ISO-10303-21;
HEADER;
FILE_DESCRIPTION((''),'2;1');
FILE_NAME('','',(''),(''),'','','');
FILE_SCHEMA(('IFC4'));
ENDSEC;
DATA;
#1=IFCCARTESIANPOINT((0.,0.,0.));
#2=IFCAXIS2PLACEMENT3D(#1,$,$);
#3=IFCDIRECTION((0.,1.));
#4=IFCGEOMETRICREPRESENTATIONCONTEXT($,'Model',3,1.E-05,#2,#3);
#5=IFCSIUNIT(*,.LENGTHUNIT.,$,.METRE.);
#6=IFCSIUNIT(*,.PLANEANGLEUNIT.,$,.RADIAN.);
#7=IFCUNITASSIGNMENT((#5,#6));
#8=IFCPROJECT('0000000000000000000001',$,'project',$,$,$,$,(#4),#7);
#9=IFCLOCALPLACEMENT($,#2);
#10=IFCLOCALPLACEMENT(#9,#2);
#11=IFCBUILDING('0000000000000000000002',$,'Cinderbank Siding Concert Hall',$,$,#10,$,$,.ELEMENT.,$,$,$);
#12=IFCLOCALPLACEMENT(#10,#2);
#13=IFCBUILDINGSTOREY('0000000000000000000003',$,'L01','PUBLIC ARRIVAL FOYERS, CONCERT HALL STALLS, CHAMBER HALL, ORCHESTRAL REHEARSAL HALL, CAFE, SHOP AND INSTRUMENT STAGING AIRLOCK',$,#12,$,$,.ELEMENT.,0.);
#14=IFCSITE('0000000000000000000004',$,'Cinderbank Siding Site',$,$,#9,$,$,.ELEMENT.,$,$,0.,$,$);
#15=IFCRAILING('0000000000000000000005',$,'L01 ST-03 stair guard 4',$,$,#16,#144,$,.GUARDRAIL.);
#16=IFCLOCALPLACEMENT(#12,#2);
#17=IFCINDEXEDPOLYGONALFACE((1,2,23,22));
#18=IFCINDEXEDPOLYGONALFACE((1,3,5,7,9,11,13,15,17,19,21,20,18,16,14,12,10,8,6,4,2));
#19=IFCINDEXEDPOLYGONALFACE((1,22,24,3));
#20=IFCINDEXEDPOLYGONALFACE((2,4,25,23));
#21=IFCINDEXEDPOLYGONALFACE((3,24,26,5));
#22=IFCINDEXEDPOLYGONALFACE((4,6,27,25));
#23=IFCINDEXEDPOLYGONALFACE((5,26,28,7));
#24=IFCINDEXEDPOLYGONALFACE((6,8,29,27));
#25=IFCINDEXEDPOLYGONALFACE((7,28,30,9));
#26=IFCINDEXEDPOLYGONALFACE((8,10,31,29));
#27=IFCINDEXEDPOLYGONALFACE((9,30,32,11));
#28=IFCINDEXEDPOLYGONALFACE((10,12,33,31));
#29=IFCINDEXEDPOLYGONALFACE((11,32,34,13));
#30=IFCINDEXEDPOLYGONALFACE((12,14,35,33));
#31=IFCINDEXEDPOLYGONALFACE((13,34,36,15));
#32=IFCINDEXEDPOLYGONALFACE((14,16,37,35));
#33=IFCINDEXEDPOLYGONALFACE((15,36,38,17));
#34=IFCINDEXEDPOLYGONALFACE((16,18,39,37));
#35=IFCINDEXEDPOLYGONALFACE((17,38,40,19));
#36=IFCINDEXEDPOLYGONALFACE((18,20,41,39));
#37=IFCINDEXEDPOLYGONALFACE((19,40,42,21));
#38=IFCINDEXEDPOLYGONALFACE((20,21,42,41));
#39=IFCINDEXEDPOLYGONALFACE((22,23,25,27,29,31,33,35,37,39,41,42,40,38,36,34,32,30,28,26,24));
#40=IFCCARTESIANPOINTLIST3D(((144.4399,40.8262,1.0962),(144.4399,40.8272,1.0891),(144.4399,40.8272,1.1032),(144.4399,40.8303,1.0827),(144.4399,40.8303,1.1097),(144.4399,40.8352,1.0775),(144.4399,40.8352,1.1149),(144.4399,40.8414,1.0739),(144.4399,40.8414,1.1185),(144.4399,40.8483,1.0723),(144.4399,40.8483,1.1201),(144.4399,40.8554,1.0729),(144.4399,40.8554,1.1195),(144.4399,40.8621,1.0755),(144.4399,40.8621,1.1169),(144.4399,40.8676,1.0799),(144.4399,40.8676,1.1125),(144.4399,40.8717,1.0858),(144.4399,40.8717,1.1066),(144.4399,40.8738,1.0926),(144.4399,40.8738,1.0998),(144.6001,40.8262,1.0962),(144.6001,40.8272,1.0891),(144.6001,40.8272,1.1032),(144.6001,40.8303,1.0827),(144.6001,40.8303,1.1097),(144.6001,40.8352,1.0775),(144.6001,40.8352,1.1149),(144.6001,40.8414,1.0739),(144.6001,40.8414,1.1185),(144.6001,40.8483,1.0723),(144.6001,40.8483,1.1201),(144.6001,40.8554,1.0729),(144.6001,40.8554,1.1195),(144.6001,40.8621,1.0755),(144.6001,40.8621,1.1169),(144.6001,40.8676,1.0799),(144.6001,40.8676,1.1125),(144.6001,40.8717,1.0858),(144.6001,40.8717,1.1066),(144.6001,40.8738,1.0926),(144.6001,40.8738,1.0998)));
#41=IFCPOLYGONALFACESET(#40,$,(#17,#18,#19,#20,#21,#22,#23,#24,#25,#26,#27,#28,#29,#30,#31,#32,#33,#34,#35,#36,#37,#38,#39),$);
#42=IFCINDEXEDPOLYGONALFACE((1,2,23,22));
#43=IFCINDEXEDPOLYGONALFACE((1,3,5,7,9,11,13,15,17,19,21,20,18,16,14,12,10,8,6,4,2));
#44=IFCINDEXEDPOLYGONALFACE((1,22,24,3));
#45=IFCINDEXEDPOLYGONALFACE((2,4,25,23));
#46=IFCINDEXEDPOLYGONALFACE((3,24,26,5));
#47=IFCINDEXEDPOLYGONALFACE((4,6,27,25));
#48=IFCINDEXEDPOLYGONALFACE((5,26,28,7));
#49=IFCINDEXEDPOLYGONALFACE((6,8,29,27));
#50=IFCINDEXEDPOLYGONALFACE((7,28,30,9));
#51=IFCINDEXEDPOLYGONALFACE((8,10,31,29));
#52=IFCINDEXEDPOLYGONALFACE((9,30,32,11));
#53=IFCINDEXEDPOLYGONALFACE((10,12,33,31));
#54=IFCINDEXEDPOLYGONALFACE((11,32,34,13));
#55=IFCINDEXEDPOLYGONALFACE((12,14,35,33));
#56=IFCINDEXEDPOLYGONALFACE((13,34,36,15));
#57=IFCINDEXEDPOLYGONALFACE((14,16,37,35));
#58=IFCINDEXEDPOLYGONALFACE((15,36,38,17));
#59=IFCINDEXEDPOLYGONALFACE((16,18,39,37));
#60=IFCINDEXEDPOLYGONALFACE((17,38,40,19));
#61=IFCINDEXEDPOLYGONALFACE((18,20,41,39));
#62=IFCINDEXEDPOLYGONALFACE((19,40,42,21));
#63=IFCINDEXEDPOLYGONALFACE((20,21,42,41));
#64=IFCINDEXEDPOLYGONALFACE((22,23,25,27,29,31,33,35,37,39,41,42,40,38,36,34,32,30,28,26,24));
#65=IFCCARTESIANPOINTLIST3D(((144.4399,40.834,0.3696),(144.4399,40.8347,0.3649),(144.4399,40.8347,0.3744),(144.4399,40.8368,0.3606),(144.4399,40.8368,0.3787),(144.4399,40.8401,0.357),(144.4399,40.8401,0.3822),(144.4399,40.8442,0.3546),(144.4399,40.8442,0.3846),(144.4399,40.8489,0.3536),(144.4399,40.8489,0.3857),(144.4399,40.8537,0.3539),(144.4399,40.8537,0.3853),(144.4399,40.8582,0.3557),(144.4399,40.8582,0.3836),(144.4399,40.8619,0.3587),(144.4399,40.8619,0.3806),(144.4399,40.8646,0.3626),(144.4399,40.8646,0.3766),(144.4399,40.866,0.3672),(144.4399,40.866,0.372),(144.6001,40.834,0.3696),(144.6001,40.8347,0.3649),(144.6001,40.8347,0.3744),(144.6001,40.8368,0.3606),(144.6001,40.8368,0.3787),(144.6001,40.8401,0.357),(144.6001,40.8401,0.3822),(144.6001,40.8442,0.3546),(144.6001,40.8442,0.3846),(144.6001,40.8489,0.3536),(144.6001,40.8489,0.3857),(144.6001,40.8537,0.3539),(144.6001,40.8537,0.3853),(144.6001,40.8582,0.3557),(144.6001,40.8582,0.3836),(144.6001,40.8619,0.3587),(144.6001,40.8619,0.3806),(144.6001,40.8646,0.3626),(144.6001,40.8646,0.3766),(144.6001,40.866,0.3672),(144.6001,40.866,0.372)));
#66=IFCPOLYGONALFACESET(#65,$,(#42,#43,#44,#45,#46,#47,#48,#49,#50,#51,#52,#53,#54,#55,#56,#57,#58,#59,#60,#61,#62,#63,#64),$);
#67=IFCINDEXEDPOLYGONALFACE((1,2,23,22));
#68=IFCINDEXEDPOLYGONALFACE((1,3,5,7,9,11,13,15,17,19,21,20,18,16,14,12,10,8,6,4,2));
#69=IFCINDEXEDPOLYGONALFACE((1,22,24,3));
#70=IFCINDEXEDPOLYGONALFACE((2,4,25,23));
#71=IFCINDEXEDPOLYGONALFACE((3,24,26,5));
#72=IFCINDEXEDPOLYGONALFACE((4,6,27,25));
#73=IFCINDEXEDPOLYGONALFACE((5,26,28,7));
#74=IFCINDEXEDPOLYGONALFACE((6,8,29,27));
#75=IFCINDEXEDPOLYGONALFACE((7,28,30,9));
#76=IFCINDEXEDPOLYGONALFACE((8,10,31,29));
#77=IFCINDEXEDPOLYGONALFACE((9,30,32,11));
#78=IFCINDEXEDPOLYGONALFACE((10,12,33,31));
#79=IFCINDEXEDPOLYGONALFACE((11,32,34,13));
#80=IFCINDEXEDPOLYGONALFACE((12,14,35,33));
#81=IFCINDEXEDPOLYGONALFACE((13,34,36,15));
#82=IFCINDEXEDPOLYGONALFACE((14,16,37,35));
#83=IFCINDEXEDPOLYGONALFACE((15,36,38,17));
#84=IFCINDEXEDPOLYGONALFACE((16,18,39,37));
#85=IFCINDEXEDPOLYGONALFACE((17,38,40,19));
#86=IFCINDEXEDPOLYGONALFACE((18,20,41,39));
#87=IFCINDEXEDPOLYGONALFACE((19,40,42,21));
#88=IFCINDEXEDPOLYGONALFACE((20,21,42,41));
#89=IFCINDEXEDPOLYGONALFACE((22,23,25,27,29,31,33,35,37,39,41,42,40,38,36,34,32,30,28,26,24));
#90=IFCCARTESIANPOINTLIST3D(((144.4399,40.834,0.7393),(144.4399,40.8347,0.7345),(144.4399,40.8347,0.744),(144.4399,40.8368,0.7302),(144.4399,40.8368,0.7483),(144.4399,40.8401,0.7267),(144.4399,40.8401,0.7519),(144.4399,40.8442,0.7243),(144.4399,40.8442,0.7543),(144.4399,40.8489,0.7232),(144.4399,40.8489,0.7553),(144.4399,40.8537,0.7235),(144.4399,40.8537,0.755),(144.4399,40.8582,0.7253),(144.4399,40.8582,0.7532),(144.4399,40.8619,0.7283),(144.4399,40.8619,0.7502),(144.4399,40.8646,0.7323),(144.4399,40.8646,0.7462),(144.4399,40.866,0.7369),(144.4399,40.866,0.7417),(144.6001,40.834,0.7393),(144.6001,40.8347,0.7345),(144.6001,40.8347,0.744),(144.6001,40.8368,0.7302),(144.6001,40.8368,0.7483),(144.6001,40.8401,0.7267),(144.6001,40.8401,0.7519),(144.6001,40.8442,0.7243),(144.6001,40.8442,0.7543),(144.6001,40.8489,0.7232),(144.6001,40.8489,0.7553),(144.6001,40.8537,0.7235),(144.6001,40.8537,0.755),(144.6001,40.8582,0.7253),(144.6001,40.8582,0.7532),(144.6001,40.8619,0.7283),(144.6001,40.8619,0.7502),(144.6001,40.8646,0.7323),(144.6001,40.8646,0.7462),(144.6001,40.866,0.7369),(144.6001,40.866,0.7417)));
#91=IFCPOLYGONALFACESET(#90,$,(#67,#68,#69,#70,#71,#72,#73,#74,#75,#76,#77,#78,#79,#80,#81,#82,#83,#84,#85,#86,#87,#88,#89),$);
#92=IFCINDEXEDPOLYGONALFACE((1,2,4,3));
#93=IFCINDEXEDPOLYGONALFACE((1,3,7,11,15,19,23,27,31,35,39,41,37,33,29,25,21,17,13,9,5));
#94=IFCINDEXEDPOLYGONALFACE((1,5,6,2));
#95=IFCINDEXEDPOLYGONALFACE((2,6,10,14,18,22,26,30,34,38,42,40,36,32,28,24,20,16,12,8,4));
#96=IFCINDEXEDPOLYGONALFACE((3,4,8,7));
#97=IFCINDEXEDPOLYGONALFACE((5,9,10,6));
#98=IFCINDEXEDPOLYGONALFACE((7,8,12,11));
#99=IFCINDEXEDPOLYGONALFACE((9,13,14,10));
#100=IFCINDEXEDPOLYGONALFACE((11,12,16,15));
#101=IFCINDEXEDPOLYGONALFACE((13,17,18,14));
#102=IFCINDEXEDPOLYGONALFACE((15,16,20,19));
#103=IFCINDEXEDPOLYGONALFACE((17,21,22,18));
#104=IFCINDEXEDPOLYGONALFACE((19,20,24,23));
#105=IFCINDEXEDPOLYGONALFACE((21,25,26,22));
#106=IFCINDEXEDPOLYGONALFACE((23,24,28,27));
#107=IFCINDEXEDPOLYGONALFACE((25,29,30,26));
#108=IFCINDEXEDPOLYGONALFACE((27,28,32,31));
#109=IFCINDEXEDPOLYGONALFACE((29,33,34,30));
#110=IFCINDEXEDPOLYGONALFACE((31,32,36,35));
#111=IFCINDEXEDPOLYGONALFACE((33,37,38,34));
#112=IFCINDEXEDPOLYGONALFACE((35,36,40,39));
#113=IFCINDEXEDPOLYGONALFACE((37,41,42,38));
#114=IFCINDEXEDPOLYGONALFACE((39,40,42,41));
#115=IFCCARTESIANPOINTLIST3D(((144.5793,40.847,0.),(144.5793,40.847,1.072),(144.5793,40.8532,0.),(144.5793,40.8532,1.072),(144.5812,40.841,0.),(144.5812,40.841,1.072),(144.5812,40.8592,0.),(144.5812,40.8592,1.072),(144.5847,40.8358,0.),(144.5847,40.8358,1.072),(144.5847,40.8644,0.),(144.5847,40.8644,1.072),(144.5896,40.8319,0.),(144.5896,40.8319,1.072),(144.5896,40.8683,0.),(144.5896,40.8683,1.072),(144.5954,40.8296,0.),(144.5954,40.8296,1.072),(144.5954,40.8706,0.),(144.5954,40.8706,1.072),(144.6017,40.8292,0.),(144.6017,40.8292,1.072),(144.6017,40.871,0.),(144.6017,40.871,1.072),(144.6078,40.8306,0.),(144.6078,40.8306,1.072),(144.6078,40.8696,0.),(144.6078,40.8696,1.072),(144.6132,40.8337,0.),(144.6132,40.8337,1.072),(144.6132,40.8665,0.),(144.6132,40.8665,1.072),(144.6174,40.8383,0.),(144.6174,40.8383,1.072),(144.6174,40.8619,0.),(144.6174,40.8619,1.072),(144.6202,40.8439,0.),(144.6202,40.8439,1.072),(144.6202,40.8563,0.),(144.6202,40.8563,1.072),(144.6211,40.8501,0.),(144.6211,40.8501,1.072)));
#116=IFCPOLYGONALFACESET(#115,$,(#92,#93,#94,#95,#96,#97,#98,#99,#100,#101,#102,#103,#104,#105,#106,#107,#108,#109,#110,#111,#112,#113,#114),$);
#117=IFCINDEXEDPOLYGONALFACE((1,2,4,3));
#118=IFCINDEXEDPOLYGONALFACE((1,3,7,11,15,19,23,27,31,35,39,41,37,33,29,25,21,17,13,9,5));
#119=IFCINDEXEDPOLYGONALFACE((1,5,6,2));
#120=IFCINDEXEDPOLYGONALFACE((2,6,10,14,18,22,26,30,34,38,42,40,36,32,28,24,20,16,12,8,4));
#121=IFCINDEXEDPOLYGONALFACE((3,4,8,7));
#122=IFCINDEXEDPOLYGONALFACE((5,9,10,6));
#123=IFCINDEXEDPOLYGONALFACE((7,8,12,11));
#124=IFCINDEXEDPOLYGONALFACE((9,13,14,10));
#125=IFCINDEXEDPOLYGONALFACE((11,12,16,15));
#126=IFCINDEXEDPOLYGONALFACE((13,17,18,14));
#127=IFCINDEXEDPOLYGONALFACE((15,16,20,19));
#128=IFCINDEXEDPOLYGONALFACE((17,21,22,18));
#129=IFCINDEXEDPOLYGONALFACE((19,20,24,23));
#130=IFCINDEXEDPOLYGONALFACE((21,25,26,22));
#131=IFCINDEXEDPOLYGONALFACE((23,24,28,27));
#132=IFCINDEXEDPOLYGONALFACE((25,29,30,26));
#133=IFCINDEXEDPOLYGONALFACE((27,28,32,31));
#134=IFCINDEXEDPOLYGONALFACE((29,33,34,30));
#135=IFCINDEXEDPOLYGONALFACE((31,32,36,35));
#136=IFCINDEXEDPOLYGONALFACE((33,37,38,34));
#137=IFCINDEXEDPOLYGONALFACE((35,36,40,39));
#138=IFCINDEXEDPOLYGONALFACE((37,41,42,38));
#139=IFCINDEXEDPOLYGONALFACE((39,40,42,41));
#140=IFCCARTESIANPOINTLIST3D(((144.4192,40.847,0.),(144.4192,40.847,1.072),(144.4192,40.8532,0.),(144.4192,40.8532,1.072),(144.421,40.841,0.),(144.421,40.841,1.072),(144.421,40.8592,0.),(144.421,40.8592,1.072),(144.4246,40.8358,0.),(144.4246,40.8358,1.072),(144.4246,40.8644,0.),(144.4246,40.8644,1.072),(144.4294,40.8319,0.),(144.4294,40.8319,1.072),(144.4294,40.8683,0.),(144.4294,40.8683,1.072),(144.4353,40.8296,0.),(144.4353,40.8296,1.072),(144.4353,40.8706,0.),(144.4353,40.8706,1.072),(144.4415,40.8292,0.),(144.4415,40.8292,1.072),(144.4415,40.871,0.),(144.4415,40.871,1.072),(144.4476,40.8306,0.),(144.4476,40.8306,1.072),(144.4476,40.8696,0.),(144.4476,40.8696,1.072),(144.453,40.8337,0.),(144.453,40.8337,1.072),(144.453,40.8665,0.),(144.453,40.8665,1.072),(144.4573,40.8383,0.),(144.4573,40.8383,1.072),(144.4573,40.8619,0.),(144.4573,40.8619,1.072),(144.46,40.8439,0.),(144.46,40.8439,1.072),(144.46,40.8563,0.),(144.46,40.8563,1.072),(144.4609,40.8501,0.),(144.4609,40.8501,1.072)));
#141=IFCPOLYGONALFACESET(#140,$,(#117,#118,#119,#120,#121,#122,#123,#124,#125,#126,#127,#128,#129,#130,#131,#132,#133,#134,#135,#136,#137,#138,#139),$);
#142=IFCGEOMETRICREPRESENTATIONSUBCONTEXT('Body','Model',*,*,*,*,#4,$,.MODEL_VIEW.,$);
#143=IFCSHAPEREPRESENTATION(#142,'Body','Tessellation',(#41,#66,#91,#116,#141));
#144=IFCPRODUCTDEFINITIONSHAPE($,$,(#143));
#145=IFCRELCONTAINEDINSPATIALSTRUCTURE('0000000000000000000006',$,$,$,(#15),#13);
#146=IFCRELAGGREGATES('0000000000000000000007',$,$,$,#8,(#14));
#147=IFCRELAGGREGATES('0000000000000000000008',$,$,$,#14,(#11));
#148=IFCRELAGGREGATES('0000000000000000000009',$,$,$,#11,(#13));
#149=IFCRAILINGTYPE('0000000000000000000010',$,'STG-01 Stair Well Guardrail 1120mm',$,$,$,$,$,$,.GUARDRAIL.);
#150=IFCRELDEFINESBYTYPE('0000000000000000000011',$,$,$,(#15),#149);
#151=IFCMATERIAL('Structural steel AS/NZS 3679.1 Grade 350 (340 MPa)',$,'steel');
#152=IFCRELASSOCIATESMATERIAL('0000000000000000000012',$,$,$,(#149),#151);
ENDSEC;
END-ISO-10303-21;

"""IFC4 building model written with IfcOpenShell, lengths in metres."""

from ifc_helpers import new_model, si_unit, direction, frame, origin, origin_2d, place, context, subcontext, project, spatial, circle, extrude, material, type_object, element, save


model = new_model("IFC4")

# Units and contexts
model_context = context("Model", 3, precision=1e-05, world=origin(), true_north=direction((0.0, 1.0)))
body_context = subcontext(model_context, "Body", "Model", "MODEL_VIEW")
ifc_project = project(units=[si_unit("LENGTHUNIT", "METRE"), si_unit("PLANEANGLEUNIT", "RADIAN")], contexts=[model_context])

# Site, building, storey
site_placement = place(None, origin())
site = spatial("IfcSite", under=ifc_project, at=site_placement, Name="Cinderbank Siding Site", CompositionType="ELEMENT", RefElevation=0.0)
building_placement = place(site_placement, origin())
building = spatial("IfcBuilding", under=site, at=building_placement, Name="Cinderbank Siding Concert Hall", CompositionType="ELEMENT")
storey_placement = place(building_placement, origin())
storey = spatial("IfcBuildingStorey", under=building, at=storey_placement, Name="L01", Description="PUBLIC ARRIVAL FOYERS, CONCERT HALL STALLS, CHAMBER HALL, ORCHESTRAL REHEARSAL HALL, CAFE, SHOP AND INSTRUMENT STAGING AIRLOCK", CompositionType="ELEMENT", Elevation=0.0)

# Shared definitions
ifc_material_1 = material(Name="Structural steel AS/NZS 3679.1 Grade 350 (340 MPa)", Category="steel")

# Railing
railing_type_1 = type_object("IfcRailingType", Name="STG-01 Stair Well Guardrail 1120mm", PredefinedType="GUARDRAIL", material=ifc_material_1)
railing_1_placement = place(storey_placement, frame((144.6001, 40.8501, 0.0)))
element("IfcRailing", 1, at=railing_1_placement, inside=storey, type_object=railing_type_1, Name="L01 ST-03 stair guard 4", PredefinedType="GUARDRAIL", context=body_context, shape_type="SweptSolid", body=[
    extrude(circle(Radius=0.0239, at=origin_2d()), frame((0.0, 0.0, 1.0962), z_axis=(-1.0, 0.0, 0.0), x_axis=(0.0, -1.0, 0.0)), (0.0, 0.0, 1.0), 0.1602),
    extrude(circle(Radius=0.0161, at=origin_2d()), frame((0.0, 0.0, 0.3696), z_axis=(-1.0, 0.0, 0.0), x_axis=(0.0, -1.0, 0.0)), (0.0, 0.0, 1.0), 0.1602),
    extrude(circle(Radius=0.0161, at=origin_2d()), frame((0.0, 0.0, 0.7393), z_axis=(-1.0, 0.0, 0.0), x_axis=(0.0, -1.0, 0.0)), (0.0, 0.0, 1.0), 0.1602),
    extrude(circle(Radius=0.021, at=origin_2d()), origin(), (0.0, 0.0, 1.0), 1.072),
    extrude(circle(Radius=0.021, at=origin_2d()), frame((-0.1602, 0.0, 0.0)), (0.0, 0.0, 1.0), 1.072),
])

save(model, "model.ifc")
